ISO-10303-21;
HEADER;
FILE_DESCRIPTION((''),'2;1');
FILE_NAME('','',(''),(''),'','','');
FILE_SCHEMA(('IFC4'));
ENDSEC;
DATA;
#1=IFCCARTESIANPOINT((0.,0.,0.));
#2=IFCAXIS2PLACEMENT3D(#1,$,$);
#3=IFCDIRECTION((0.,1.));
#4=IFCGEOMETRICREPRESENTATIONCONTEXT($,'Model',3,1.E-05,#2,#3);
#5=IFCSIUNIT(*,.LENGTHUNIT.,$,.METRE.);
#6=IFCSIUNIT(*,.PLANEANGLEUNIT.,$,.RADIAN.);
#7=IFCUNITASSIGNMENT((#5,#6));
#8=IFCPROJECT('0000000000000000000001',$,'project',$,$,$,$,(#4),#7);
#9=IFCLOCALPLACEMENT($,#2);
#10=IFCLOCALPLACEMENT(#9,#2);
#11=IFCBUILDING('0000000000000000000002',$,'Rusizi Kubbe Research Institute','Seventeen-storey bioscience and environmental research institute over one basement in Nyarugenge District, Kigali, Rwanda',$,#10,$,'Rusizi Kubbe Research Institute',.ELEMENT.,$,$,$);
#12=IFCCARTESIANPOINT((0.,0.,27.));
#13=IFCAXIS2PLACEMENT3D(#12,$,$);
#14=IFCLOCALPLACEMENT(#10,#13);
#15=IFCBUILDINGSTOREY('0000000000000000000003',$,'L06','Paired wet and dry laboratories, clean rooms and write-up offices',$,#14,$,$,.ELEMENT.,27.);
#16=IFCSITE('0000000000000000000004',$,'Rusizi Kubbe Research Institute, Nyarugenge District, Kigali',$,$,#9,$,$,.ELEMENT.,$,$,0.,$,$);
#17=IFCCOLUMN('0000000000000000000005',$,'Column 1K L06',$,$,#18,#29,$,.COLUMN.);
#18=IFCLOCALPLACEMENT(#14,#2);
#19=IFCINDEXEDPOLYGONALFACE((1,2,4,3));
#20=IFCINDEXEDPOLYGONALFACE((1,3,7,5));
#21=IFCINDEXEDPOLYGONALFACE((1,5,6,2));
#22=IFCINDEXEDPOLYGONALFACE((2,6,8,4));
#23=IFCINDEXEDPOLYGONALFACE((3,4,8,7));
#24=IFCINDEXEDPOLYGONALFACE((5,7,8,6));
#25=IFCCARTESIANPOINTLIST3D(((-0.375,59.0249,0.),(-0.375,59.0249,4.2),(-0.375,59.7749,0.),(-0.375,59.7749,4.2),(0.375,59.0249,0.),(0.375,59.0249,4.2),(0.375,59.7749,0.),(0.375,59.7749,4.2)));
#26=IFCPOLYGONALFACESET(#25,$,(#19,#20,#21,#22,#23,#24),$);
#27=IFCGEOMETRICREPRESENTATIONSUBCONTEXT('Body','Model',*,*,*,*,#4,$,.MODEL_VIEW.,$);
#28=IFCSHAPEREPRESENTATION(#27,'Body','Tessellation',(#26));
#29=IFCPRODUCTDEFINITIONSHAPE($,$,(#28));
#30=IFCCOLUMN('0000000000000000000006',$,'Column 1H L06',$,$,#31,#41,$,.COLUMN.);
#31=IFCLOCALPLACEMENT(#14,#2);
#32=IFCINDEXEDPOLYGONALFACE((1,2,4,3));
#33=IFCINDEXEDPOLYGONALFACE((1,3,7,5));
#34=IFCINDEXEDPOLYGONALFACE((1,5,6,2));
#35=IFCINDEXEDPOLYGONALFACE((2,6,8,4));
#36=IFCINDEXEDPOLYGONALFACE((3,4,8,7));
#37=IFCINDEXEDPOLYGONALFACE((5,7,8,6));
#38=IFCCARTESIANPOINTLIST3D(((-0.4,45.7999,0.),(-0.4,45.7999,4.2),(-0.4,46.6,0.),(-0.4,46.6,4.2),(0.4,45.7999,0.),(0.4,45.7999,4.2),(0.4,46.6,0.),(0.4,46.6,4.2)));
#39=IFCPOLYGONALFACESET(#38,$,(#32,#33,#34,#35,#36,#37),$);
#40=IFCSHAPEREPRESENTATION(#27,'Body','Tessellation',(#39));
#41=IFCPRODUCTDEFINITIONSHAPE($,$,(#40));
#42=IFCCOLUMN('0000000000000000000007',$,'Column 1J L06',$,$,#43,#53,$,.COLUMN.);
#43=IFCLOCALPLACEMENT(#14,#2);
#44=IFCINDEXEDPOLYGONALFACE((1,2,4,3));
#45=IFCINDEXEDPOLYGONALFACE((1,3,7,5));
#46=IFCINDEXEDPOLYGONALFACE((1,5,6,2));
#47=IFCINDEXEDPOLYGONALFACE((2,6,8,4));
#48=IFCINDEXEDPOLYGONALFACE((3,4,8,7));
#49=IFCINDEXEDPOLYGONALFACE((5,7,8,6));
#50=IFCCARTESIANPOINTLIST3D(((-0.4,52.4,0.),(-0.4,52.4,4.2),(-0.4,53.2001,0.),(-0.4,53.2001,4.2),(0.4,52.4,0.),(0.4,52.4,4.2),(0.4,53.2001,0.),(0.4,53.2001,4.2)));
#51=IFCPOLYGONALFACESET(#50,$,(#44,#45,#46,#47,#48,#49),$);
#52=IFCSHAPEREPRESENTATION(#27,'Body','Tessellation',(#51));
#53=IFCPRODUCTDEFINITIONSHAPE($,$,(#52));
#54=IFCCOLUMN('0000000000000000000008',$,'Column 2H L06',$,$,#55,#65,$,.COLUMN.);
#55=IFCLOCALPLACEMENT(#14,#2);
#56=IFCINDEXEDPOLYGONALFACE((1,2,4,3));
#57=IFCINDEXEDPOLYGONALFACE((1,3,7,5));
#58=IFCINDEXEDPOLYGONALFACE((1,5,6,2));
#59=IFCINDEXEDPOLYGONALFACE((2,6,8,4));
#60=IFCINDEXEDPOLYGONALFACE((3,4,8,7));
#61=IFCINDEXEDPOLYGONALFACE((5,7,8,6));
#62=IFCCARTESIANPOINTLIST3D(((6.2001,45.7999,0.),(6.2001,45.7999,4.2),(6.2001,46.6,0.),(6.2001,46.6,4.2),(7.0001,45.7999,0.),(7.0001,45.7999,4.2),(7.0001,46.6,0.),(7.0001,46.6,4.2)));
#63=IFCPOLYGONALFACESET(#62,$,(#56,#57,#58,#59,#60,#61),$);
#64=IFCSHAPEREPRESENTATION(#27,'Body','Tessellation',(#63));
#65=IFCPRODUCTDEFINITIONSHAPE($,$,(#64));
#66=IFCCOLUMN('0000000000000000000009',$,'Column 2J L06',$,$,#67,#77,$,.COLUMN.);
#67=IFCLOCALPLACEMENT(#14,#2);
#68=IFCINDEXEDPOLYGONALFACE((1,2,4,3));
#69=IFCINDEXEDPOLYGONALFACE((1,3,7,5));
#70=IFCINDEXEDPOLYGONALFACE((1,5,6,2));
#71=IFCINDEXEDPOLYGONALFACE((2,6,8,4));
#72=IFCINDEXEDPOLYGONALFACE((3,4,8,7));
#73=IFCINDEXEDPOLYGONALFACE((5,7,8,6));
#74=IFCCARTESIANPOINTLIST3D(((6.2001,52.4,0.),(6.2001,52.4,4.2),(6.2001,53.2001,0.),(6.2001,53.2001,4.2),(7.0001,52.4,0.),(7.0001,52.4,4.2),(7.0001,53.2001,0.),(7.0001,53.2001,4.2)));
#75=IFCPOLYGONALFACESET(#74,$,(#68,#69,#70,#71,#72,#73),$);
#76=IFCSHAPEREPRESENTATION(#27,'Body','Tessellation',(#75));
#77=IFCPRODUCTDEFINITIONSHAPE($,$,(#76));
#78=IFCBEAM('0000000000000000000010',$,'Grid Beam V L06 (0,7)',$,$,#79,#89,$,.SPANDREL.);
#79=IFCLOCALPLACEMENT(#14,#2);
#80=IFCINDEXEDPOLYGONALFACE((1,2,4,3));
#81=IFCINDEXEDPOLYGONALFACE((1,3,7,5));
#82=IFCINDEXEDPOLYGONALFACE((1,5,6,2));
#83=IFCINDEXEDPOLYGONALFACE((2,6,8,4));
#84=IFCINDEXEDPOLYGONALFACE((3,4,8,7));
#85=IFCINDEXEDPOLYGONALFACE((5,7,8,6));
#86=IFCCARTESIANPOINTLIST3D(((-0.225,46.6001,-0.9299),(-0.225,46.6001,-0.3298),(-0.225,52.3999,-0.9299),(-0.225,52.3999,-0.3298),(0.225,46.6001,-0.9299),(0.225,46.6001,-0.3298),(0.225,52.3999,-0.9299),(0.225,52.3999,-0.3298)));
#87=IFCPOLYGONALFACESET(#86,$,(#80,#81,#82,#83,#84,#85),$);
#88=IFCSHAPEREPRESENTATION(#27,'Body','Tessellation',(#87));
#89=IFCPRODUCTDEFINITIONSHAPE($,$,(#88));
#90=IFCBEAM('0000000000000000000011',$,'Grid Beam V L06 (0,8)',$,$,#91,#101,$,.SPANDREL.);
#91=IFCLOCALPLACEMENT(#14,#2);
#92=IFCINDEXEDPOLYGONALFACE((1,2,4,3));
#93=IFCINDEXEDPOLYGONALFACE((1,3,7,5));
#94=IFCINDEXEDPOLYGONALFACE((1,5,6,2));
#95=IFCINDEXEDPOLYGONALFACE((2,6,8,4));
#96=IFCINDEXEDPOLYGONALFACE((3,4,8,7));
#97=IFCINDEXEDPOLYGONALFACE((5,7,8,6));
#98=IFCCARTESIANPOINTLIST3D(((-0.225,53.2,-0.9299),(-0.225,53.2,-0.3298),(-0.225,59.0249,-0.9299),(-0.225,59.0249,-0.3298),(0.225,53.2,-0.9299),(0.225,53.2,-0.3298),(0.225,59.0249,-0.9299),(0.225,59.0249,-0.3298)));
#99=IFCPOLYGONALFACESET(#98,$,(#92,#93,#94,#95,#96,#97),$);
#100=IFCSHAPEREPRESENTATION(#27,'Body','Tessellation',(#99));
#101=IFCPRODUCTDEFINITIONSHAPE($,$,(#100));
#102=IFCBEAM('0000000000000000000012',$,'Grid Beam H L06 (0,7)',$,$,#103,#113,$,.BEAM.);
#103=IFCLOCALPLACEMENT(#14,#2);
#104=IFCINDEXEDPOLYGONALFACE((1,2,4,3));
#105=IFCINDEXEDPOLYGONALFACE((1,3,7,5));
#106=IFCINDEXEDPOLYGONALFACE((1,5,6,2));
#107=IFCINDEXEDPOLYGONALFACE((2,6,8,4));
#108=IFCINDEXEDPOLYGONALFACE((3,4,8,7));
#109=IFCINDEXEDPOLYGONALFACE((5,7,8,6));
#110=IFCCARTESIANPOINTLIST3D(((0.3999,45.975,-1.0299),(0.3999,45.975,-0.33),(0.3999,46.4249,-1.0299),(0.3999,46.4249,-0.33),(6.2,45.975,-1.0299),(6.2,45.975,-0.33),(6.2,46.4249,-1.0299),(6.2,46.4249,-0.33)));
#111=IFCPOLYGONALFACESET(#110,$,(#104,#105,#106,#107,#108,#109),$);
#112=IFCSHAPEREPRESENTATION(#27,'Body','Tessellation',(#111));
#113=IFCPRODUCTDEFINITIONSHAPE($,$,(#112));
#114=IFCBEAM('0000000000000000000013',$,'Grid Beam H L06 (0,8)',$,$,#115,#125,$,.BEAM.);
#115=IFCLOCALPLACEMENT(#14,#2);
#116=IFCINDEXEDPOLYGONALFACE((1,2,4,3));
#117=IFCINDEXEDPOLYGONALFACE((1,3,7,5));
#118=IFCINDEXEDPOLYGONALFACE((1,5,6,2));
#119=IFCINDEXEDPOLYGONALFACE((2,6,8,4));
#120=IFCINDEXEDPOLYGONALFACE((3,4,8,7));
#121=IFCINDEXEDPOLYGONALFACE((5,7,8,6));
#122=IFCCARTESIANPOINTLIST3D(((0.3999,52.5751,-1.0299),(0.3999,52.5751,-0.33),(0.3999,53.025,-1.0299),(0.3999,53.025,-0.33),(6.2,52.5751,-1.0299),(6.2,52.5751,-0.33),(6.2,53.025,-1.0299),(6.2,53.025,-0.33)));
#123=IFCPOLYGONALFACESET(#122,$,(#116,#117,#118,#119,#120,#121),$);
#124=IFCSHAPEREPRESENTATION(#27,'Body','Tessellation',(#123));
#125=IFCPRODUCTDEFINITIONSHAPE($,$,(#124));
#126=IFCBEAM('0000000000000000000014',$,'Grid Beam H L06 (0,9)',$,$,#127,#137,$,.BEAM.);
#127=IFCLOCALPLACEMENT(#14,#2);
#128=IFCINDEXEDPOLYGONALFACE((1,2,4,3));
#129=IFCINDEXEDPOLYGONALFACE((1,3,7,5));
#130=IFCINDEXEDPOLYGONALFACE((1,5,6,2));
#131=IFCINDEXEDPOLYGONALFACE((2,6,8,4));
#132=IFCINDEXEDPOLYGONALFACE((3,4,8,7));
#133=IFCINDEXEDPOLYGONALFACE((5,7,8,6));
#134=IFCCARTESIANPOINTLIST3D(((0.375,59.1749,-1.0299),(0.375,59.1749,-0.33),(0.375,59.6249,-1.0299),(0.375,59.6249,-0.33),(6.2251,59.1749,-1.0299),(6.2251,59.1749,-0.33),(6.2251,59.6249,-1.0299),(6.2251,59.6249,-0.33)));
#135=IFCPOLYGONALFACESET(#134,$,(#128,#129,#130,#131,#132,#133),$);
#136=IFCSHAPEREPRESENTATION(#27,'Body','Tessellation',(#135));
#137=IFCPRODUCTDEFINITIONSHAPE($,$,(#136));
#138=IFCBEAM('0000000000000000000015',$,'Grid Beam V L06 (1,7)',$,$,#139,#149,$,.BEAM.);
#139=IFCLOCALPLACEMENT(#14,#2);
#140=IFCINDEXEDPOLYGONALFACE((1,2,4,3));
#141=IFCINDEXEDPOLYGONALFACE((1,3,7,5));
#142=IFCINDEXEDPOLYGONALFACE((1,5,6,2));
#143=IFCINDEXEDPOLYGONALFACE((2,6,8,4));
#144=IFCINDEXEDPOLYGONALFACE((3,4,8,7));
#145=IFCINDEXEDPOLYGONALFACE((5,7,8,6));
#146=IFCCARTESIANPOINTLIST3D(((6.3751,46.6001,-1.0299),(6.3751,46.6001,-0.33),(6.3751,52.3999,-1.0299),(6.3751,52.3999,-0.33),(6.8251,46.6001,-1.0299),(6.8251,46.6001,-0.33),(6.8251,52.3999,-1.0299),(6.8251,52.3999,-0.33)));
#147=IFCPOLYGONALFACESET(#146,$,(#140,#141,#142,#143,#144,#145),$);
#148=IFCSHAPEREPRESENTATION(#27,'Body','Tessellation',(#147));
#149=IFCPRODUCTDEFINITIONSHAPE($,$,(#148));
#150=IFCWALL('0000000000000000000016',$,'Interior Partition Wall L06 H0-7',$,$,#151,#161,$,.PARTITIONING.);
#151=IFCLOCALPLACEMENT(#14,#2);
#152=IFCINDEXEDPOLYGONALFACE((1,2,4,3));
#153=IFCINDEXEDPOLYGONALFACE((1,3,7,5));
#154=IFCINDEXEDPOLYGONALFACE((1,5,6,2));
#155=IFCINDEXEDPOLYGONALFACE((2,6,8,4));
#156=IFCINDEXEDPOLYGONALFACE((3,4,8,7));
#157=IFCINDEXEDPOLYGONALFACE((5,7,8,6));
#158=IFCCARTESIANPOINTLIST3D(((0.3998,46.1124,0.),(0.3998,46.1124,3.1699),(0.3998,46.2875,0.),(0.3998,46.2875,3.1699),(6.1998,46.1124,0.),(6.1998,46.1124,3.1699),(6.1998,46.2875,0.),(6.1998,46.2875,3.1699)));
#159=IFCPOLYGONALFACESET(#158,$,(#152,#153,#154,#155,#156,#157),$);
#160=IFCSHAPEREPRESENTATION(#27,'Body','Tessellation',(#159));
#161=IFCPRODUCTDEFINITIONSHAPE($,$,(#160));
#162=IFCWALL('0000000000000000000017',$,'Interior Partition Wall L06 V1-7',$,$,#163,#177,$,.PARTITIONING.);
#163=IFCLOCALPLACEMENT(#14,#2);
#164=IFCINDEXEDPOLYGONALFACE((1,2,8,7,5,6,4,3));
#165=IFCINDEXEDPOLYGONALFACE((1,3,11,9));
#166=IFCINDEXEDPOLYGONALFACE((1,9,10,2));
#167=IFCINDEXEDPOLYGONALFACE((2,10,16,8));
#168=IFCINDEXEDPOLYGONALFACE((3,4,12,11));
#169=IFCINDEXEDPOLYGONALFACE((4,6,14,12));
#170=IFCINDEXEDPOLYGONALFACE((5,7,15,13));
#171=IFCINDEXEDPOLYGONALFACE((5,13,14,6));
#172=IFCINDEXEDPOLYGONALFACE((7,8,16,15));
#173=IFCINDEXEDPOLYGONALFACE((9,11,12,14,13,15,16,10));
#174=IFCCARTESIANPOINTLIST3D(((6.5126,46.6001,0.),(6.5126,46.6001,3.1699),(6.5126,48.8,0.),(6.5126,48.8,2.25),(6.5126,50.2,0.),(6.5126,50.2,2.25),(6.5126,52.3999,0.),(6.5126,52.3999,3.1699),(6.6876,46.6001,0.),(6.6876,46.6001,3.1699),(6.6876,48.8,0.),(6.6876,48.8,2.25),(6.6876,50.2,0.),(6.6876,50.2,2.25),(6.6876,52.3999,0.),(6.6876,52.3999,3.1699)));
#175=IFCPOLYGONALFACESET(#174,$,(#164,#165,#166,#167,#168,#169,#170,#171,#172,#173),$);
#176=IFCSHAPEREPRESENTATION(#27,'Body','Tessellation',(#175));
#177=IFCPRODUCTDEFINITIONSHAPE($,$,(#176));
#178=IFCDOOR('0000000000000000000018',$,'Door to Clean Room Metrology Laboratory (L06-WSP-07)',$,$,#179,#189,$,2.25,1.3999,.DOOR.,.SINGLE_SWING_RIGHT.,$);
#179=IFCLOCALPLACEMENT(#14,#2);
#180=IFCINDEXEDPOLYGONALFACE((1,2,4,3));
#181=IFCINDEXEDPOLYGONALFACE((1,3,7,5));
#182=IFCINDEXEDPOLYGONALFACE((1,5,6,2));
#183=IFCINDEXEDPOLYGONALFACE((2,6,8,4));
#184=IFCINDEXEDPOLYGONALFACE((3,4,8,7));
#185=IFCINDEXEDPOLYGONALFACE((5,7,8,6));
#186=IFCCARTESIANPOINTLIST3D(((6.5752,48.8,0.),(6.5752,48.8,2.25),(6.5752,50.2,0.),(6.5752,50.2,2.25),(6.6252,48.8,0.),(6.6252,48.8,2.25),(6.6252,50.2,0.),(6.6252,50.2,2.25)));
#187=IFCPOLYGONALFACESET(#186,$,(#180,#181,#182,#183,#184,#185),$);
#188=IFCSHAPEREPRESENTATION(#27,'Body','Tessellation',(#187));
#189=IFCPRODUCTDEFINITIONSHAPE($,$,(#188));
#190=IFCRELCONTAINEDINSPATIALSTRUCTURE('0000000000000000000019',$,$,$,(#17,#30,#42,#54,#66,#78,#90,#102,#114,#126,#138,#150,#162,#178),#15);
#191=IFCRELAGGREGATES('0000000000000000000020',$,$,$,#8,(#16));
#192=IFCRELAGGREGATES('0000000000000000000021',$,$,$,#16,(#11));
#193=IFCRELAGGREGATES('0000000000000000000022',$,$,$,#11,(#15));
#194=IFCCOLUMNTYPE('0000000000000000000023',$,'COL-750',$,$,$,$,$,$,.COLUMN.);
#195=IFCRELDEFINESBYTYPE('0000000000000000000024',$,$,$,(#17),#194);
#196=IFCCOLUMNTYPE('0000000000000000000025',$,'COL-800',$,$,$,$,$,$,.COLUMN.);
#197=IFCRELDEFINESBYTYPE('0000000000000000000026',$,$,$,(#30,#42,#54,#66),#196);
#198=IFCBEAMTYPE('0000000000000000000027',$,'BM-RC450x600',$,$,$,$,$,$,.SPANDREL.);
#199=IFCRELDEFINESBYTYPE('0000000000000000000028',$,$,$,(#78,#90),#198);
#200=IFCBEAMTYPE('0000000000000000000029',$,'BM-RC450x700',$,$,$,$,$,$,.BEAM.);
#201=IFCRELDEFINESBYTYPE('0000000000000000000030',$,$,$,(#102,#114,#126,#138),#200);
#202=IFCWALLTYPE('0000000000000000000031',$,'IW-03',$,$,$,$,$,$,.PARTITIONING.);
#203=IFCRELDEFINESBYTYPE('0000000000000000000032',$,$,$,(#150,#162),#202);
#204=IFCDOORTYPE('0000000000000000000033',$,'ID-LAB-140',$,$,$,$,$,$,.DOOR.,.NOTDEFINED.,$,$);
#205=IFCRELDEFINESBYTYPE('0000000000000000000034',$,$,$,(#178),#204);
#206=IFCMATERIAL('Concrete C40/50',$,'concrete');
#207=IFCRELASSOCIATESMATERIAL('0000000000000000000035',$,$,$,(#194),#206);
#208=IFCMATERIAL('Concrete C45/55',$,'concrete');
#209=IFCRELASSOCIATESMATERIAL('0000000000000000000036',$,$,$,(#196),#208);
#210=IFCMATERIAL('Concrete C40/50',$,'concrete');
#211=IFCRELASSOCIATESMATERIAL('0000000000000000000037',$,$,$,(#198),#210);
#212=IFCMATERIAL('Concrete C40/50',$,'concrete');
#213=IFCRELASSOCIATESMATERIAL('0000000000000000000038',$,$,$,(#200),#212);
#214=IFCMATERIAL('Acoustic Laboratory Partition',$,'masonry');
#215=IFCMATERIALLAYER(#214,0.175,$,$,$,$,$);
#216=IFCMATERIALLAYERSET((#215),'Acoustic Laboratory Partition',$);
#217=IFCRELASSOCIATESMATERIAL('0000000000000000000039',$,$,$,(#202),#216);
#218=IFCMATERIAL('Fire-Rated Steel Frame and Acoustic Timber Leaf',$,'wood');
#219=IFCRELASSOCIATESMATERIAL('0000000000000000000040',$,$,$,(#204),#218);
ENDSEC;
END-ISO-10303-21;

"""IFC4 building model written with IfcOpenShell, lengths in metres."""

from ifc_helpers import new_model, si_unit, direction, frame, frame_2d, origin, origin_2d, place, context, subcontext, project, spatial, rectangle, extrude, material, layer, layer_set, material_profile, profile_set, type_object, element, fill, save


model = new_model("IFC4")

# Units and contexts
model_context = context("Model", 3, precision=1e-05, world=origin(), true_north=direction((0.0, 1.0)))
body_context = subcontext(model_context, "Body", "Model", "MODEL_VIEW")
ifc_project = project(units=[si_unit("LENGTHUNIT", "METRE"), si_unit("PLANEANGLEUNIT", "RADIAN")], contexts=[model_context])

# Site, building, storey
site_placement = place(None, origin())
site = spatial("IfcSite", under=ifc_project, at=site_placement, Name="Rusizi Kubbe Research Institute, Nyarugenge District, Kigali", CompositionType="ELEMENT", RefElevation=0.0)
building_placement = place(site_placement, origin())
building = spatial("IfcBuilding", under=site, at=building_placement, Name="Rusizi Kubbe Research Institute", Description="Seventeen-storey bioscience and environmental research institute over one basement in Nyarugenge District, Kigali, Rwanda", LongName="Rusizi Kubbe Research Institute", CompositionType="ELEMENT")
storey_placement = place(building_placement, frame((0.0, 0.0, 27.0)))
storey = spatial("IfcBuildingStorey", under=building, at=storey_placement, Name="L06", Description="Paired wet and dry laboratories, clean rooms and write-up offices", CompositionType="ELEMENT", Elevation=27.0)

# Columns
ifc_material_1 = material(Name="Concrete C40/50", Category="concrete")
ifc_material_profile_1 = material_profile(ifc_material_1, rectangle(XDim=0.75, YDim=0.75, at=origin_2d()), Name="RC750x750")
ifc_profile_set_1 = profile_set([ifc_material_profile_1], Name="Concrete C40/50")
column_type_1 = type_object("IfcColumnType", Name="COL-750", PredefinedType="COLUMN", material=ifc_profile_set_1)
column_placement = place(storey_placement, frame((0.0, 59.3999, 0.0), z_axis=(0.0, 0.0, 1.0), x_axis=(1.0, 0.0, 0.0)))
element("IfcColumn", 1, at=column_placement, inside=storey, type_object=column_type_1, Name="Column 1K L06", PredefinedType="COLUMN", context=body_context, shape_type="SweptSolid", body=[
    extrude(rectangle(XDim=0.75, YDim=0.75, at=origin_2d()), origin(), (0.0, 0.0, 1.0), 4.2),
])
ifc_material_2 = material(Name="Concrete C45/55", Category="concrete")
ifc_material_profile_2 = material_profile(ifc_material_2, rectangle(XDim=0.8, YDim=0.8, at=origin_2d()), Name="RC800x800")
ifc_profile_set_2 = profile_set([ifc_material_profile_2], Name="Concrete C45/55")
column_type_2 = type_object("IfcColumnType", Name="COL-800", PredefinedType="COLUMN", material=ifc_profile_set_2)
for number, where, z_axis, x_axis, name in (
    (2, (0.0, 46.2, 0.0), (0.0, 0.0, 1.0), (1.0, 0.0, 0.0), "Column 1H L06"),
    (3, (0.0, 52.8, 0.0), (0.0, 0.0, 1.0), (1.0, 0.0, 0.0), "Column 1J L06"),
    (4, (6.6001, 46.2, 0.0), (0.0, 0.0, 1.0), (1.0, 0.0, 0.0), "Column 2H L06"),
    (5, (6.6001, 52.8, 0.0), (0.0, 0.0, 1.0), (1.0, 0.0, 0.0), "Column 2J L06"),
):
    element("IfcColumn", number, at=place(storey_placement, frame(where, z_axis=z_axis, x_axis=x_axis)), inside=storey, type_object=column_type_2, Name=name, PredefinedType="COLUMN", context=body_context, shape_type="SweptSolid", body=[
        extrude(rectangle(XDim=0.8, YDim=0.8, at=origin_2d()), origin(), (0.0, 0.0, 1.0), 4.2),
    ])

# Beams
ifc_material_3 = material(Name="Concrete C40/50", Category="concrete")
ifc_material_profile_3 = material_profile(ifc_material_3, rectangle(XDim=0.45, YDim=0.6001, at=origin_2d()), Name="RC450x600")
ifc_profile_set_3 = profile_set([ifc_material_profile_3], Name="Concrete C40/50")
beam_type_1 = type_object("IfcBeamType", Name="BM-RC450x600", PredefinedType="SPANDREL", material=ifc_profile_set_3)
beam_1_placement = place(storey_placement, frame((0.0, 46.6001, -0.6299), z_axis=(0.0, 1.0, 0.0), x_axis=(-1.0, 0.0, 0.0)))
element("IfcBeam", 6, at=beam_1_placement, inside=storey, type_object=beam_type_1, Name="Grid Beam V L06 (0,7)", PredefinedType="SPANDREL", context=body_context, shape_type="SweptSolid", body=[
    extrude(rectangle(XDim=0.45, YDim=0.6001, at=origin_2d()), origin(), (0.0, 0.0, 1.0), 5.7998),
])
beam_2_placement = place(storey_placement, frame((0.0, 53.2, -0.6299), z_axis=(0.0, 1.0, 0.0), x_axis=(-1.0, 0.0, 0.0)))
element("IfcBeam", 7, at=beam_2_placement, inside=storey, type_object=beam_type_1, Name="Grid Beam V L06 (0,8)", PredefinedType="SPANDREL", context=body_context, shape_type="SweptSolid", body=[
    extrude(rectangle(XDim=0.45, YDim=0.6001, at=origin_2d()), origin(), (0.0, 0.0, 1.0), 5.825),
])
ifc_material_4 = material(Name="Concrete C40/50", Category="concrete")
ifc_material_profile_4 = material_profile(ifc_material_4, rectangle(XDim=0.45, YDim=0.7, at=origin_2d()), Name="RC450x700B")
ifc_profile_set_4 = profile_set([ifc_material_profile_4], Name="Concrete C40/50")
beam_type_2 = type_object("IfcBeamType", Name="BM-RC450x700", PredefinedType="BEAM", material=ifc_profile_set_4)
for number, where, z_axis, x_axis, name in (
    (8, (0.3999, 46.2, -0.6799), (1.0, 0.0, 0.0), (0.0, 1.0, 0.0), "Grid Beam H L06 (0,7)"),
    (9, (0.3999, 52.8, -0.6799), (1.0, 0.0, 0.0), (0.0, 1.0, 0.0), "Grid Beam H L06 (0,8)"),
):
    element("IfcBeam", number, at=place(storey_placement, frame(where, z_axis=z_axis, x_axis=x_axis)), inside=storey, type_object=beam_type_2, Name=name, PredefinedType="BEAM", context=body_context, shape_type="SweptSolid", body=[
        extrude(rectangle(XDim=0.45, YDim=0.7, at=origin_2d()), origin(), (0.0, 0.0, 1.0), 5.8),
    ])
beam_3_placement = place(storey_placement, frame((0.375, 59.3999, -0.6799), z_axis=(1.0, 0.0, 0.0), x_axis=(0.0, 1.0, 0.0)))
element("IfcBeam", 10, at=beam_3_placement, inside=storey, type_object=beam_type_2, Name="Grid Beam H L06 (0,9)", PredefinedType="BEAM", context=body_context, shape_type="SweptSolid", body=[
    extrude(rectangle(XDim=0.45, YDim=0.7, at=origin_2d()), origin(), (0.0, 0.0, 1.0), 5.8501),
])
beam_4_placement = place(storey_placement, frame((6.6001, 46.6001, -0.6799), z_axis=(0.0, 1.0, 0.0), x_axis=(-1.0, 0.0, 0.0)))
element("IfcBeam", 11, at=beam_4_placement, inside=storey, type_object=beam_type_2, Name="Grid Beam V L06 (1,7)", PredefinedType="BEAM", context=body_context, shape_type="SweptSolid", body=[
    extrude(rectangle(XDim=0.45, YDim=0.7, at=origin_2d()), origin(), (0.0, 0.0, 1.0), 5.7998),
])

# Wall
ifc_material_5 = material(Name="Acoustic Laboratory Partition", Category="masonry")
ifc_layer_1 = layer(ifc_material_5, 0.175)
ifc_layer_set_1 = layer_set([ifc_layer_1], Name="Acoustic Laboratory Partition")
wall_type_1 = type_object("IfcWallType", Name="IW-03", PredefinedType="PARTITIONING", material=ifc_layer_set_1)
wall_1_placement = place(storey_placement, frame((0.3999, 46.2, 0.0), z_axis=(0.0, 0.0, 1.0), x_axis=(1.0, 0.0, 0.0)))
element("IfcWall", 12, at=wall_1_placement, inside=storey, type_object=wall_type_1, Name="Interior Partition Wall L06 H0-7", PredefinedType="PARTITIONING", context=body_context, shape_type="SweptSolid", body=[
    extrude(rectangle(XDim=5.8, YDim=0.175, at=frame_2d((2.8999, 0.0))), origin(), (0.0, 0.0, 1.0), 3.1699),
])

# Wall, opening, door
wall_2_placement = place(storey_placement, frame((6.6001, 46.6001, 0.0), z_axis=(0.0, 0.0, 1.0), x_axis=(0.0, 1.0, 0.0)))
wall_2 = element("IfcWall", 13, at=wall_2_placement, inside=storey, type_object=wall_type_1, Name="Interior Partition Wall L06 V1-7", PredefinedType="PARTITIONING", context=body_context, shape_type="SweptSolid", body=[
    extrude(rectangle(XDim=5.7998, YDim=0.175, at=frame_2d((2.8999, 0.0))), origin(), (0.0, 0.0, 1.0), 3.1699),
])
opening_placement = place(wall_2_placement, frame((2.2, 0.0, 0.0)))
opening = element("IfcOpeningElement", 14, at=opening_placement, cuts=wall_2, PredefinedType="OPENING", context=body_context, shape_type="SweptSolid", body=[
    extrude(rectangle(XDim=1.3999, YDim=2.25, at=frame_2d((0.7, 1.125))), frame((0.0, 0.0974, 0.0), z_axis=(0.0, -1.0, 0.0), x_axis=(1.0, 0.0, 0.0)), (0.0, 0.0, 1.0), 0.1951),
])
ifc_material_6 = material(Name="Fire-Rated Steel Frame and Acoustic Timber Leaf", Category="wood")
door_type = type_object("IfcDoorType", Name="ID-LAB-140", OperationType="NOTDEFINED", PredefinedType="DOOR", material=ifc_material_6)
door_placement = place(opening_placement, origin())
door = element("IfcDoor", 15, at=door_placement, inside=storey, type_object=door_type, Name="Door to Clean Room Metrology Laboratory (L06-WSP-07)", OperationType="SINGLE_SWING_RIGHT", OverallHeight=2.25, OverallWidth=1.3999, PredefinedType="DOOR", context=body_context, shape_type="SweptSolid", body=[
    extrude(rectangle(XDim=1.3999, YDim=2.25, at=frame_2d((0.7, 1.125))), frame((0.0, 0.0249, 0.0), z_axis=(0.0, -1.0, 0.0), x_axis=(1.0, 0.0, 0.0)), (0.0, 0.0, 1.0), 0.05),
])
fill(opening, door)

save(model, "model.ifc")
